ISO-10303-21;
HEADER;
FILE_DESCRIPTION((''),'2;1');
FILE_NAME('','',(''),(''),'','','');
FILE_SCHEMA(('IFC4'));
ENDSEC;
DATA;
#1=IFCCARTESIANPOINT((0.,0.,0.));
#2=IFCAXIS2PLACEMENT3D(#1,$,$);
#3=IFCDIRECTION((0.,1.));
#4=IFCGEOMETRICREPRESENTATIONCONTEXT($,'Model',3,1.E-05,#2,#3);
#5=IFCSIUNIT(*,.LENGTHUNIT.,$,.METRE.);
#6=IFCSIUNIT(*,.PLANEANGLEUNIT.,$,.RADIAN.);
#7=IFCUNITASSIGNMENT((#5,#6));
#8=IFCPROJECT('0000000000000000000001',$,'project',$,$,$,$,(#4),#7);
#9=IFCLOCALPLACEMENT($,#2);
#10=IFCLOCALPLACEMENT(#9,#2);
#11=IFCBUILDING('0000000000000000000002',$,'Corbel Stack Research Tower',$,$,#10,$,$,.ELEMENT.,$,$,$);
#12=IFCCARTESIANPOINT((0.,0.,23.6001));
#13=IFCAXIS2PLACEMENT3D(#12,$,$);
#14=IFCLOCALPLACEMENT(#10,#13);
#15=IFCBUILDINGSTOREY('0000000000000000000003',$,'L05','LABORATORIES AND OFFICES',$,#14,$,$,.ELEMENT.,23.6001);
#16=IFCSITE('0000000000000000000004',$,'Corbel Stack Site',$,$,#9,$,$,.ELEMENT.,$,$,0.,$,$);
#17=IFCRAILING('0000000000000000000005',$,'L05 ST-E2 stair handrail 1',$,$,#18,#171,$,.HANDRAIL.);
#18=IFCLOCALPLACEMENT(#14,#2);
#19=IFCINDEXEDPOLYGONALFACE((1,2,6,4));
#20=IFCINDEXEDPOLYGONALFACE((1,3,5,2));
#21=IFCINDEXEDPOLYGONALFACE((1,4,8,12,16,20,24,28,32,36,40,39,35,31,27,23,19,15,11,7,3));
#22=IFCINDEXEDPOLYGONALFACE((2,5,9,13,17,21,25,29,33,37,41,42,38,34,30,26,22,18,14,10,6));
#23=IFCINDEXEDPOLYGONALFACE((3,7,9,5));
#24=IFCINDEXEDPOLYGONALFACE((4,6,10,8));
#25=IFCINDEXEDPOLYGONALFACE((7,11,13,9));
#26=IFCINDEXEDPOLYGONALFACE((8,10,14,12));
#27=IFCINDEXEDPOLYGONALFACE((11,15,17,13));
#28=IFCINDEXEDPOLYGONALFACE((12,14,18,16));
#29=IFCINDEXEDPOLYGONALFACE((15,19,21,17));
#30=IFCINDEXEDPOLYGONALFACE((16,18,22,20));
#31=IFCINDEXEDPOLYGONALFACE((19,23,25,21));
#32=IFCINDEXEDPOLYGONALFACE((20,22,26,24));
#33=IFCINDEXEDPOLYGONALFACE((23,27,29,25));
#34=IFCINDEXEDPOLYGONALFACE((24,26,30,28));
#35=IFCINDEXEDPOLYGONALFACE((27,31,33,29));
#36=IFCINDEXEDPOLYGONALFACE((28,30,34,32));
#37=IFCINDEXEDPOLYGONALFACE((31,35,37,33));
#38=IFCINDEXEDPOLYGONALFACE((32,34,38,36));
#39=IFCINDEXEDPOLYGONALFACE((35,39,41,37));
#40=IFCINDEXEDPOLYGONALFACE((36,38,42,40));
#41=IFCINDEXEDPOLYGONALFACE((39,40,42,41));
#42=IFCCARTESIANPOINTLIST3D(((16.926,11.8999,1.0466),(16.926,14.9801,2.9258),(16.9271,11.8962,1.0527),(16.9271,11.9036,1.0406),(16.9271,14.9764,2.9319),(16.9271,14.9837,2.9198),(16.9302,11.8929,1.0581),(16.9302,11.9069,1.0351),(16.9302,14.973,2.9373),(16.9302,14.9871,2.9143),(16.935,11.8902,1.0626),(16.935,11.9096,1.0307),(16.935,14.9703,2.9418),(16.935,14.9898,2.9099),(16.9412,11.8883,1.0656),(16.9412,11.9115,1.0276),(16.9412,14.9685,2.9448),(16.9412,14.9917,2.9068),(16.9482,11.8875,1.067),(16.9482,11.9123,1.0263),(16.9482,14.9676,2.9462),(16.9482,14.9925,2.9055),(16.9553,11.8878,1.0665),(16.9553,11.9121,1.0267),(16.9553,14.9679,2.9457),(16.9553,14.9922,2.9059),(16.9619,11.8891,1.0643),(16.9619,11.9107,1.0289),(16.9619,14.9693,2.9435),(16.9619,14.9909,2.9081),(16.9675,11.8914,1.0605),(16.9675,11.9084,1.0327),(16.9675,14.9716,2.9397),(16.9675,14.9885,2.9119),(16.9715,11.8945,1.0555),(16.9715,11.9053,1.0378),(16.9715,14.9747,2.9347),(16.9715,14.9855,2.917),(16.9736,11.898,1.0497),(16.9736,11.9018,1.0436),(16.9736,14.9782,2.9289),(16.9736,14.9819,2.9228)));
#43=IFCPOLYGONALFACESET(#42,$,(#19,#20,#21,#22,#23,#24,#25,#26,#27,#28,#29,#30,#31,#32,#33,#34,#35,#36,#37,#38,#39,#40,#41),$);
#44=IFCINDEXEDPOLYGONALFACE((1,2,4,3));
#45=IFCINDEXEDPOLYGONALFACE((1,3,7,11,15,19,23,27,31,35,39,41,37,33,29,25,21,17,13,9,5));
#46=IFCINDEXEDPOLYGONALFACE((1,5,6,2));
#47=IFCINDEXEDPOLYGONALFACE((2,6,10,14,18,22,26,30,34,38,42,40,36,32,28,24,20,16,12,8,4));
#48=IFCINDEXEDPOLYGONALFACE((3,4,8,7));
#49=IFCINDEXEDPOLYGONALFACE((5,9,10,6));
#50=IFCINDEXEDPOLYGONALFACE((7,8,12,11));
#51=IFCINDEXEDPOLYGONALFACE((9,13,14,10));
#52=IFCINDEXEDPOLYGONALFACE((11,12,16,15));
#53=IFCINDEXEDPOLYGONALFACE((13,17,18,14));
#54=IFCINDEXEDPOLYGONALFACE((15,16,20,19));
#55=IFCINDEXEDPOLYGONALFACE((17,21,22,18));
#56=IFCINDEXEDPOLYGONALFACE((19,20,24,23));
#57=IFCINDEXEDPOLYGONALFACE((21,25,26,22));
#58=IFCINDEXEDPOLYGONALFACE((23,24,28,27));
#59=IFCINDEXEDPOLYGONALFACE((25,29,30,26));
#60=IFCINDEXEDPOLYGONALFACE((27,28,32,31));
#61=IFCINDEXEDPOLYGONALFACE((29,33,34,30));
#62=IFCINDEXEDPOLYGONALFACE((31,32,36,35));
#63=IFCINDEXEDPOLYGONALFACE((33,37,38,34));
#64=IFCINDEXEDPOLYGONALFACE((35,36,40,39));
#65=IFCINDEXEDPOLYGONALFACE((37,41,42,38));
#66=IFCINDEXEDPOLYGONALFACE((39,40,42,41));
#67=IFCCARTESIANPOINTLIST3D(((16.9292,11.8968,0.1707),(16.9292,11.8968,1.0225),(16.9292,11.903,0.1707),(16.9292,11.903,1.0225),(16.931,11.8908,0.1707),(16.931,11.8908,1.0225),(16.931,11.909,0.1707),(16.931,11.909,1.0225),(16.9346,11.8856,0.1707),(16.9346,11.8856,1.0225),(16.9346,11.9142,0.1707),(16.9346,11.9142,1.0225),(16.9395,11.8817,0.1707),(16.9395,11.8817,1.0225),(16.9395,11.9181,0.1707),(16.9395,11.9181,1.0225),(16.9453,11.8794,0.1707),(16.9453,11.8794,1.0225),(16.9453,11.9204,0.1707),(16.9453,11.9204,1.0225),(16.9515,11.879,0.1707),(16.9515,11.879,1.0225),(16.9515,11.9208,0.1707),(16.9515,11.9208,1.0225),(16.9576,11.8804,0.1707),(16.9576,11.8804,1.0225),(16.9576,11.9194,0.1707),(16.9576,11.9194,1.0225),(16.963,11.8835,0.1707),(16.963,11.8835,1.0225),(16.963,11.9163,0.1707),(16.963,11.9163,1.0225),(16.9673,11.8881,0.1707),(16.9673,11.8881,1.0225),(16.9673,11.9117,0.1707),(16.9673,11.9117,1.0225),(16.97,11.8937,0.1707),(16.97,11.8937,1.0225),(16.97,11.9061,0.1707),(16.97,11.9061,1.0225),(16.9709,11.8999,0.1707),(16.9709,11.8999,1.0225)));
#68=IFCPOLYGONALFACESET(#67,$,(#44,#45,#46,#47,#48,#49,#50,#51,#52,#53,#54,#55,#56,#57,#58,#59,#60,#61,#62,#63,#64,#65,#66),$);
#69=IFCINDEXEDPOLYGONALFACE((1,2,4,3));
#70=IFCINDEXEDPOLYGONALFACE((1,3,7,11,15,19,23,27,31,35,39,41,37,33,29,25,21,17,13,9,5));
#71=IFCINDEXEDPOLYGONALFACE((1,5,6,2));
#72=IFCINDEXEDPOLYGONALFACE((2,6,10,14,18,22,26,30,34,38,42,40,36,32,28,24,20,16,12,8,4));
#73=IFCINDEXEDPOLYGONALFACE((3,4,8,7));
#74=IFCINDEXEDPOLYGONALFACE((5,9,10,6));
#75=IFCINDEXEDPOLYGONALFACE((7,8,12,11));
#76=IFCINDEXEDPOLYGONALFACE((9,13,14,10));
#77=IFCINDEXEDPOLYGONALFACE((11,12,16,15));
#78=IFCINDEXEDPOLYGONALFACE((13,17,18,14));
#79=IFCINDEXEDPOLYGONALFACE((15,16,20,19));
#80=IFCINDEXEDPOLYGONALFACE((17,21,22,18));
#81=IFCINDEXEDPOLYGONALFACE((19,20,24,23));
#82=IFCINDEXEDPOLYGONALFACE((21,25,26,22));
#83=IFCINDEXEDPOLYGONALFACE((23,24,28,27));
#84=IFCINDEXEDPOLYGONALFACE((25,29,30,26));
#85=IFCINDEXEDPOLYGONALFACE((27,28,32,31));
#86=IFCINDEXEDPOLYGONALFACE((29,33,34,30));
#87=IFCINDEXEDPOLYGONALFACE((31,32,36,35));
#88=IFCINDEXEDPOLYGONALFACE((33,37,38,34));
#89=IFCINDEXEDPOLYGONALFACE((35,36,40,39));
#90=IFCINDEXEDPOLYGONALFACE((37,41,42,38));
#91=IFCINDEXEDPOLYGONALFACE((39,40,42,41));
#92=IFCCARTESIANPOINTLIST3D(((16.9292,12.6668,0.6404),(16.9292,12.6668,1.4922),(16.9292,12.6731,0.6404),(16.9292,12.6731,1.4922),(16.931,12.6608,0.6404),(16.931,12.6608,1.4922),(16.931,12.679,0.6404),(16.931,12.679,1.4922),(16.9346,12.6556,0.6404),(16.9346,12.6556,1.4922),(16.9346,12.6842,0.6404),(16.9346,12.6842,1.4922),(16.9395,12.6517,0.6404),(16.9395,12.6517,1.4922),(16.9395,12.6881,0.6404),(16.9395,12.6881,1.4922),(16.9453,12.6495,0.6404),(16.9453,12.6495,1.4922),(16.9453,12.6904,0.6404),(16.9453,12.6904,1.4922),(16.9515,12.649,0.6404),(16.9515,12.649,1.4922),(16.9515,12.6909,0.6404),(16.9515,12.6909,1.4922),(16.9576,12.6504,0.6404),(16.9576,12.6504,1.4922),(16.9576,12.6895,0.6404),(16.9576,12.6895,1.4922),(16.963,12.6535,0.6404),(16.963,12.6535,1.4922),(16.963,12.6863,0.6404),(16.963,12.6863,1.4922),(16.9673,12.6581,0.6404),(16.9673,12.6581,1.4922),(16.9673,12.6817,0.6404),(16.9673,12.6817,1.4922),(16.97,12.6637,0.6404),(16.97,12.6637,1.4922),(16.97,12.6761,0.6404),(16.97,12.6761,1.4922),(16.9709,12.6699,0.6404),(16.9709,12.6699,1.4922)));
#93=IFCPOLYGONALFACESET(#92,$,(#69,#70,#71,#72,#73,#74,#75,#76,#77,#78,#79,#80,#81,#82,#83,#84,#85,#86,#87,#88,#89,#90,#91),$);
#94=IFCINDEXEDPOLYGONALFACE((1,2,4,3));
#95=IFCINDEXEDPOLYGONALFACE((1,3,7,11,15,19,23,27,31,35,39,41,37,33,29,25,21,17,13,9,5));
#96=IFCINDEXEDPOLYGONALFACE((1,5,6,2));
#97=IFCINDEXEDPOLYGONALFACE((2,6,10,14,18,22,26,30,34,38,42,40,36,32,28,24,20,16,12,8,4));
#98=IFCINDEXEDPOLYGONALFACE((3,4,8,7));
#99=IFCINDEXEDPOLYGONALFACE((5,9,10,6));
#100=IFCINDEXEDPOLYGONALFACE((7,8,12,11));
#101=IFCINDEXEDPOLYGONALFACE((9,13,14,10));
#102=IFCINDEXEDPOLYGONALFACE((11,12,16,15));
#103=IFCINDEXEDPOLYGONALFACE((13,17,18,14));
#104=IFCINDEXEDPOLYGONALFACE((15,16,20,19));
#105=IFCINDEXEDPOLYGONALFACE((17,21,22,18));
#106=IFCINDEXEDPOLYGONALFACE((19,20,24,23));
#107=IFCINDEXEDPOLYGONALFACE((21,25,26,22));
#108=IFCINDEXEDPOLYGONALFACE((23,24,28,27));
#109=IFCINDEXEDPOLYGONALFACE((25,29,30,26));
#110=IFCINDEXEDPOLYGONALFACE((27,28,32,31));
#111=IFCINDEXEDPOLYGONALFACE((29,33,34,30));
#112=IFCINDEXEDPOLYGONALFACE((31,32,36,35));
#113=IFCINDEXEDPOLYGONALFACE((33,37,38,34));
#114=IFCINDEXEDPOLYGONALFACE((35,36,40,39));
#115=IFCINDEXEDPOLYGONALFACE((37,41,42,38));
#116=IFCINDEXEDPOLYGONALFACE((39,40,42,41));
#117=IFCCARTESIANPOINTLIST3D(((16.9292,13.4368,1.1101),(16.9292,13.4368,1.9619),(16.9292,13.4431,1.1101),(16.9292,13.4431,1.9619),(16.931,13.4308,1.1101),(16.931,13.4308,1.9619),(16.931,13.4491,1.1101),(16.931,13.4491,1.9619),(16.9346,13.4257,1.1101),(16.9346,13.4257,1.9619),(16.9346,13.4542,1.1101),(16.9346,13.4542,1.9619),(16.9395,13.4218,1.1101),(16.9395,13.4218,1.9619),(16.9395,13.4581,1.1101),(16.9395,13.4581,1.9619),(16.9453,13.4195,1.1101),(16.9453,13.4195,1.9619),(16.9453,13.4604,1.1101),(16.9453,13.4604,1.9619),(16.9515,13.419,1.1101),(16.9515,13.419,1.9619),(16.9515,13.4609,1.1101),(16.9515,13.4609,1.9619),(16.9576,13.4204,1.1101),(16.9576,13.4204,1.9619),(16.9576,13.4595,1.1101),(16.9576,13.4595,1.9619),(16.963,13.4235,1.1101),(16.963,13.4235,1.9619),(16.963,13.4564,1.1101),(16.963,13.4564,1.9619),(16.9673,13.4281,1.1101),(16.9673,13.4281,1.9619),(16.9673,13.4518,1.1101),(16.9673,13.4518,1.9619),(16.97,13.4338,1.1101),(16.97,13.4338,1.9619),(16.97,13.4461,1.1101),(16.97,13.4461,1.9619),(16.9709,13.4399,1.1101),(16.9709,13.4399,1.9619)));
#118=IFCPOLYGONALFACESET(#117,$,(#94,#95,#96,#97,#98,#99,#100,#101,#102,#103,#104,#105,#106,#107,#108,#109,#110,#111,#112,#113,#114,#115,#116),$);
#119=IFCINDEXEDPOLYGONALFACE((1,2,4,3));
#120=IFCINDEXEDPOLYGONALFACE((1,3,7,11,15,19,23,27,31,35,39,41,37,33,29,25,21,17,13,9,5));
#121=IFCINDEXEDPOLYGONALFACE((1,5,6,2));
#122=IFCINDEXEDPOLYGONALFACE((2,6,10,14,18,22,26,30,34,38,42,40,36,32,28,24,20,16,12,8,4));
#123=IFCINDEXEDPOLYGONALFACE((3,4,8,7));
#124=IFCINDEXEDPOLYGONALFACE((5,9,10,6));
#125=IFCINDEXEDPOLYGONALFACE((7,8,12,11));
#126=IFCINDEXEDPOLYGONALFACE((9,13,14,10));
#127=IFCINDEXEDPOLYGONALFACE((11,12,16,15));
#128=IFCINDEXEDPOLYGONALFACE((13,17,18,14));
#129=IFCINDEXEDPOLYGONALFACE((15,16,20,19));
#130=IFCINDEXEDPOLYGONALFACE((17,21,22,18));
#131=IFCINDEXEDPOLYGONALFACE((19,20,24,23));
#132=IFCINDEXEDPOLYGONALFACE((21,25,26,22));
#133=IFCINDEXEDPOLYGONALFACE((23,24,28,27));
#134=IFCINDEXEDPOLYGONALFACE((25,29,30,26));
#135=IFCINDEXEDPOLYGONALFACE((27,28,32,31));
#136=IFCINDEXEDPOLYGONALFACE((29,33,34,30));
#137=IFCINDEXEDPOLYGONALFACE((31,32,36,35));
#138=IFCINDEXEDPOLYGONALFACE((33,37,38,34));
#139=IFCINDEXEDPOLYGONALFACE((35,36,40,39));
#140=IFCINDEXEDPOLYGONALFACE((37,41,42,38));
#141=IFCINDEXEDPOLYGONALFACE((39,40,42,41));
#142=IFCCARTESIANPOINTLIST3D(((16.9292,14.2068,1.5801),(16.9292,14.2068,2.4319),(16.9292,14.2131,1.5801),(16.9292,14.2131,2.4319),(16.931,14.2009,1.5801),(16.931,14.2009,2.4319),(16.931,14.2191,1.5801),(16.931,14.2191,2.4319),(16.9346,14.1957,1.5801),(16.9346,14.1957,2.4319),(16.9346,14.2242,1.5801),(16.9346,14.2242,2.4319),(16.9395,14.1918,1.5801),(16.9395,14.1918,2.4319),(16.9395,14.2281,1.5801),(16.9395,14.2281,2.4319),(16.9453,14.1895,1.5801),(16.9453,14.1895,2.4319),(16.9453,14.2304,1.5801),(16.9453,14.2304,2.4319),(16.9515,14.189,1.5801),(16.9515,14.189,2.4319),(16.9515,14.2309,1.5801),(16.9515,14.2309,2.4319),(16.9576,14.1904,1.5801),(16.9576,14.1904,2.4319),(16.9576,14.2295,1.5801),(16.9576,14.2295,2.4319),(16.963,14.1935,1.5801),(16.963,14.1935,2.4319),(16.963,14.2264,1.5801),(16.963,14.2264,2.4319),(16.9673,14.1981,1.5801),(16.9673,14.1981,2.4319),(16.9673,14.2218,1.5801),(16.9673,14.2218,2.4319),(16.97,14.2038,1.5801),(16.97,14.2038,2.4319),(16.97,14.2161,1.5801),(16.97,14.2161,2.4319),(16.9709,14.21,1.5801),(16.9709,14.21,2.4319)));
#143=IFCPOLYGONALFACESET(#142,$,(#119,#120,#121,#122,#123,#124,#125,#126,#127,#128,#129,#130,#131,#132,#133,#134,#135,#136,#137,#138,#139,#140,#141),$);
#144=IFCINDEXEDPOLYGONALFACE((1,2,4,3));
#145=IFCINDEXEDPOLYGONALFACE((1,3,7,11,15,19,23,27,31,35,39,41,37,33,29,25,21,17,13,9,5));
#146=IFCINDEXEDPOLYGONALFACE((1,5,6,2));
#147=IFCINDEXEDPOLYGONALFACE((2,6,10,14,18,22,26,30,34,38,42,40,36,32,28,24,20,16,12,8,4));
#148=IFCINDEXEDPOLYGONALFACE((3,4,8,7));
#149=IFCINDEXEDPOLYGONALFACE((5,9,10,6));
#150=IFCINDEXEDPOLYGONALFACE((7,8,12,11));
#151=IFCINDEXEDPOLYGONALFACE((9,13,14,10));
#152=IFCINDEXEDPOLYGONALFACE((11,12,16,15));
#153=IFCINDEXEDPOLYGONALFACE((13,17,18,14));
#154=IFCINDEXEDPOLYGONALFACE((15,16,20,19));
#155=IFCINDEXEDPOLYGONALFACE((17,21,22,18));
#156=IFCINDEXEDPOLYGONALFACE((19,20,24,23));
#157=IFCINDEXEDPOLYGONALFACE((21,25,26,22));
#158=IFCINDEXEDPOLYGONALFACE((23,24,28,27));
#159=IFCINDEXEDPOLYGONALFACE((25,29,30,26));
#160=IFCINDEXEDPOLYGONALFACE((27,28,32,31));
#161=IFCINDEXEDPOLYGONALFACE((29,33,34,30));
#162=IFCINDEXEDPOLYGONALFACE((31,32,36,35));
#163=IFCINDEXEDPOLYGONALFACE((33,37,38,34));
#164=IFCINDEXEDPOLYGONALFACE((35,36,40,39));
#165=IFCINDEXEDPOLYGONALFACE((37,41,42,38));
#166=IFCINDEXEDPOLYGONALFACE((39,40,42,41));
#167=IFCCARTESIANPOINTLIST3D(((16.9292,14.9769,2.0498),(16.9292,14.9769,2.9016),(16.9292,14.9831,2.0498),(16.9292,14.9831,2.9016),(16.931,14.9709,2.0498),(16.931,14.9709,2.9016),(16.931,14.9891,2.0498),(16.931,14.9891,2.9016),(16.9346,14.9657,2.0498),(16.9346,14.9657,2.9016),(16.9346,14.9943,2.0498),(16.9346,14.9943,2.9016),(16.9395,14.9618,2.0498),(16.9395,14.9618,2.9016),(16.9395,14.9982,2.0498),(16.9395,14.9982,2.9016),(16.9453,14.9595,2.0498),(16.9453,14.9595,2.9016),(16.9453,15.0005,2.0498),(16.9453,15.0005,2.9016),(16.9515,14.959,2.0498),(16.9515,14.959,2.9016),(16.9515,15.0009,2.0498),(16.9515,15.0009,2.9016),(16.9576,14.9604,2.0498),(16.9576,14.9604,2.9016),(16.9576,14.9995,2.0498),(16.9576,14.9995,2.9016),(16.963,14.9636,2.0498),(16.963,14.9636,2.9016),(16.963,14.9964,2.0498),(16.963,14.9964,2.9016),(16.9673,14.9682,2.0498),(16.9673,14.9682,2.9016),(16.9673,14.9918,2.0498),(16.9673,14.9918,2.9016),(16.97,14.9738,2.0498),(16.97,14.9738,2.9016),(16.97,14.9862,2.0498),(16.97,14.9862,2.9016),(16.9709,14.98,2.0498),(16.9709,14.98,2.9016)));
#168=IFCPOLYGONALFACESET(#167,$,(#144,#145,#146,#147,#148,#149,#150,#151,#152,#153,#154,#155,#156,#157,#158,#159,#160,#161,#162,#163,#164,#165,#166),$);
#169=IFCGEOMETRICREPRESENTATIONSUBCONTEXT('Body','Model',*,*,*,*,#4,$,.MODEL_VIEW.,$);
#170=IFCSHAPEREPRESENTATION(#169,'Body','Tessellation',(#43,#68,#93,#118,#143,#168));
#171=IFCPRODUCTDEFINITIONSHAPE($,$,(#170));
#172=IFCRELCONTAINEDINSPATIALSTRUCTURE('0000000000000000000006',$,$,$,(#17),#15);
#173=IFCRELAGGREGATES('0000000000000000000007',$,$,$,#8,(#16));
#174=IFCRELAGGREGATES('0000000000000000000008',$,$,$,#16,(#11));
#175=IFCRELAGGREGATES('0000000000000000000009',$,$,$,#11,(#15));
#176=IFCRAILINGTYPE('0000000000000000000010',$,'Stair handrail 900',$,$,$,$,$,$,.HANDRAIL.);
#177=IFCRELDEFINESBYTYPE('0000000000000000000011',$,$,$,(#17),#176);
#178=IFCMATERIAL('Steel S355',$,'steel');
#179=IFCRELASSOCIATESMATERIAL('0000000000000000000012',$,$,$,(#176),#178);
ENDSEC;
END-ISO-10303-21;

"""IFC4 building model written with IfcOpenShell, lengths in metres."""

from ifc_helpers import new_model, si_unit, direction, frame, origin, origin_2d, place, context, subcontext, project, spatial, circle, extrude, material, type_object, element, save


model = new_model("IFC4")

# Units and contexts
model_context = context("Model", 3, precision=1e-05, world=origin(), true_north=direction((0.0, 1.0)))
body_context = subcontext(model_context, "Body", "Model", "MODEL_VIEW")
ifc_project = project(units=[si_unit("LENGTHUNIT", "METRE"), si_unit("PLANEANGLEUNIT", "RADIAN")], contexts=[model_context])

# Site, building, storey
site_placement = place(None, origin())
site = spatial("IfcSite", under=ifc_project, at=site_placement, Name="Corbel Stack Site", CompositionType="ELEMENT", RefElevation=0.0)
building_placement = place(site_placement, origin())
building = spatial("IfcBuilding", under=site, at=building_placement, Name="Corbel Stack Research Tower", CompositionType="ELEMENT")
storey_placement = place(building_placement, frame((0.0, 0.0, 23.6001)))
storey = spatial("IfcBuildingStorey", under=building, at=storey_placement, Name="L05", Description="LABORATORIES AND OFFICES", CompositionType="ELEMENT", Elevation=23.6001)

# Railing
ifc_material_1 = material(Name="Steel S355", Category="steel")
railing_type_1 = type_object("IfcRailingType", Name="Stair handrail 900", PredefinedType="HANDRAIL", material=ifc_material_1)
railing_1_placement = place(storey_placement, frame((16.95, 11.8999, 0.1707)))
element("IfcRailing", 1, at=railing_1_placement, inside=storey, type_object=railing_type_1, Name="L05 ST-E2 stair handrail 1", PredefinedType="HANDRAIL", context=body_context, shape_type="SweptSolid", body=[
    extrude(circle(Radius=0.0239, at=origin_2d()), frame((0.0, 0.0, 0.876), z_axis=(0.0, 0.853666, 0.52082), x_axis=(-1.0, 0.0, 0.0)), (0.0, 0.0, 1.0), 3.6082),
    extrude(circle(Radius=0.021, at=origin_2d()), origin(), (0.0, 0.0, 1.0), 0.8518),
    extrude(circle(Radius=0.021, at=origin_2d()), frame((0.0, 0.77, 0.4697)), (0.0, 0.0, 1.0), 0.8518),
    extrude(circle(Radius=0.021, at=origin_2d()), frame((0.0, 1.54, 0.9395)), (0.0, 0.0, 1.0), 0.8518),
    extrude(circle(Radius=0.021, at=origin_2d()), frame((0.0, 2.3101, 1.4094)), (0.0, 0.0, 1.0), 0.8518),
    extrude(circle(Radius=0.021, at=origin_2d()), frame((0.0, 3.0801, 1.8792)), (0.0, 0.0, 1.0), 0.8518),
])

save(model, "model.ifc")
